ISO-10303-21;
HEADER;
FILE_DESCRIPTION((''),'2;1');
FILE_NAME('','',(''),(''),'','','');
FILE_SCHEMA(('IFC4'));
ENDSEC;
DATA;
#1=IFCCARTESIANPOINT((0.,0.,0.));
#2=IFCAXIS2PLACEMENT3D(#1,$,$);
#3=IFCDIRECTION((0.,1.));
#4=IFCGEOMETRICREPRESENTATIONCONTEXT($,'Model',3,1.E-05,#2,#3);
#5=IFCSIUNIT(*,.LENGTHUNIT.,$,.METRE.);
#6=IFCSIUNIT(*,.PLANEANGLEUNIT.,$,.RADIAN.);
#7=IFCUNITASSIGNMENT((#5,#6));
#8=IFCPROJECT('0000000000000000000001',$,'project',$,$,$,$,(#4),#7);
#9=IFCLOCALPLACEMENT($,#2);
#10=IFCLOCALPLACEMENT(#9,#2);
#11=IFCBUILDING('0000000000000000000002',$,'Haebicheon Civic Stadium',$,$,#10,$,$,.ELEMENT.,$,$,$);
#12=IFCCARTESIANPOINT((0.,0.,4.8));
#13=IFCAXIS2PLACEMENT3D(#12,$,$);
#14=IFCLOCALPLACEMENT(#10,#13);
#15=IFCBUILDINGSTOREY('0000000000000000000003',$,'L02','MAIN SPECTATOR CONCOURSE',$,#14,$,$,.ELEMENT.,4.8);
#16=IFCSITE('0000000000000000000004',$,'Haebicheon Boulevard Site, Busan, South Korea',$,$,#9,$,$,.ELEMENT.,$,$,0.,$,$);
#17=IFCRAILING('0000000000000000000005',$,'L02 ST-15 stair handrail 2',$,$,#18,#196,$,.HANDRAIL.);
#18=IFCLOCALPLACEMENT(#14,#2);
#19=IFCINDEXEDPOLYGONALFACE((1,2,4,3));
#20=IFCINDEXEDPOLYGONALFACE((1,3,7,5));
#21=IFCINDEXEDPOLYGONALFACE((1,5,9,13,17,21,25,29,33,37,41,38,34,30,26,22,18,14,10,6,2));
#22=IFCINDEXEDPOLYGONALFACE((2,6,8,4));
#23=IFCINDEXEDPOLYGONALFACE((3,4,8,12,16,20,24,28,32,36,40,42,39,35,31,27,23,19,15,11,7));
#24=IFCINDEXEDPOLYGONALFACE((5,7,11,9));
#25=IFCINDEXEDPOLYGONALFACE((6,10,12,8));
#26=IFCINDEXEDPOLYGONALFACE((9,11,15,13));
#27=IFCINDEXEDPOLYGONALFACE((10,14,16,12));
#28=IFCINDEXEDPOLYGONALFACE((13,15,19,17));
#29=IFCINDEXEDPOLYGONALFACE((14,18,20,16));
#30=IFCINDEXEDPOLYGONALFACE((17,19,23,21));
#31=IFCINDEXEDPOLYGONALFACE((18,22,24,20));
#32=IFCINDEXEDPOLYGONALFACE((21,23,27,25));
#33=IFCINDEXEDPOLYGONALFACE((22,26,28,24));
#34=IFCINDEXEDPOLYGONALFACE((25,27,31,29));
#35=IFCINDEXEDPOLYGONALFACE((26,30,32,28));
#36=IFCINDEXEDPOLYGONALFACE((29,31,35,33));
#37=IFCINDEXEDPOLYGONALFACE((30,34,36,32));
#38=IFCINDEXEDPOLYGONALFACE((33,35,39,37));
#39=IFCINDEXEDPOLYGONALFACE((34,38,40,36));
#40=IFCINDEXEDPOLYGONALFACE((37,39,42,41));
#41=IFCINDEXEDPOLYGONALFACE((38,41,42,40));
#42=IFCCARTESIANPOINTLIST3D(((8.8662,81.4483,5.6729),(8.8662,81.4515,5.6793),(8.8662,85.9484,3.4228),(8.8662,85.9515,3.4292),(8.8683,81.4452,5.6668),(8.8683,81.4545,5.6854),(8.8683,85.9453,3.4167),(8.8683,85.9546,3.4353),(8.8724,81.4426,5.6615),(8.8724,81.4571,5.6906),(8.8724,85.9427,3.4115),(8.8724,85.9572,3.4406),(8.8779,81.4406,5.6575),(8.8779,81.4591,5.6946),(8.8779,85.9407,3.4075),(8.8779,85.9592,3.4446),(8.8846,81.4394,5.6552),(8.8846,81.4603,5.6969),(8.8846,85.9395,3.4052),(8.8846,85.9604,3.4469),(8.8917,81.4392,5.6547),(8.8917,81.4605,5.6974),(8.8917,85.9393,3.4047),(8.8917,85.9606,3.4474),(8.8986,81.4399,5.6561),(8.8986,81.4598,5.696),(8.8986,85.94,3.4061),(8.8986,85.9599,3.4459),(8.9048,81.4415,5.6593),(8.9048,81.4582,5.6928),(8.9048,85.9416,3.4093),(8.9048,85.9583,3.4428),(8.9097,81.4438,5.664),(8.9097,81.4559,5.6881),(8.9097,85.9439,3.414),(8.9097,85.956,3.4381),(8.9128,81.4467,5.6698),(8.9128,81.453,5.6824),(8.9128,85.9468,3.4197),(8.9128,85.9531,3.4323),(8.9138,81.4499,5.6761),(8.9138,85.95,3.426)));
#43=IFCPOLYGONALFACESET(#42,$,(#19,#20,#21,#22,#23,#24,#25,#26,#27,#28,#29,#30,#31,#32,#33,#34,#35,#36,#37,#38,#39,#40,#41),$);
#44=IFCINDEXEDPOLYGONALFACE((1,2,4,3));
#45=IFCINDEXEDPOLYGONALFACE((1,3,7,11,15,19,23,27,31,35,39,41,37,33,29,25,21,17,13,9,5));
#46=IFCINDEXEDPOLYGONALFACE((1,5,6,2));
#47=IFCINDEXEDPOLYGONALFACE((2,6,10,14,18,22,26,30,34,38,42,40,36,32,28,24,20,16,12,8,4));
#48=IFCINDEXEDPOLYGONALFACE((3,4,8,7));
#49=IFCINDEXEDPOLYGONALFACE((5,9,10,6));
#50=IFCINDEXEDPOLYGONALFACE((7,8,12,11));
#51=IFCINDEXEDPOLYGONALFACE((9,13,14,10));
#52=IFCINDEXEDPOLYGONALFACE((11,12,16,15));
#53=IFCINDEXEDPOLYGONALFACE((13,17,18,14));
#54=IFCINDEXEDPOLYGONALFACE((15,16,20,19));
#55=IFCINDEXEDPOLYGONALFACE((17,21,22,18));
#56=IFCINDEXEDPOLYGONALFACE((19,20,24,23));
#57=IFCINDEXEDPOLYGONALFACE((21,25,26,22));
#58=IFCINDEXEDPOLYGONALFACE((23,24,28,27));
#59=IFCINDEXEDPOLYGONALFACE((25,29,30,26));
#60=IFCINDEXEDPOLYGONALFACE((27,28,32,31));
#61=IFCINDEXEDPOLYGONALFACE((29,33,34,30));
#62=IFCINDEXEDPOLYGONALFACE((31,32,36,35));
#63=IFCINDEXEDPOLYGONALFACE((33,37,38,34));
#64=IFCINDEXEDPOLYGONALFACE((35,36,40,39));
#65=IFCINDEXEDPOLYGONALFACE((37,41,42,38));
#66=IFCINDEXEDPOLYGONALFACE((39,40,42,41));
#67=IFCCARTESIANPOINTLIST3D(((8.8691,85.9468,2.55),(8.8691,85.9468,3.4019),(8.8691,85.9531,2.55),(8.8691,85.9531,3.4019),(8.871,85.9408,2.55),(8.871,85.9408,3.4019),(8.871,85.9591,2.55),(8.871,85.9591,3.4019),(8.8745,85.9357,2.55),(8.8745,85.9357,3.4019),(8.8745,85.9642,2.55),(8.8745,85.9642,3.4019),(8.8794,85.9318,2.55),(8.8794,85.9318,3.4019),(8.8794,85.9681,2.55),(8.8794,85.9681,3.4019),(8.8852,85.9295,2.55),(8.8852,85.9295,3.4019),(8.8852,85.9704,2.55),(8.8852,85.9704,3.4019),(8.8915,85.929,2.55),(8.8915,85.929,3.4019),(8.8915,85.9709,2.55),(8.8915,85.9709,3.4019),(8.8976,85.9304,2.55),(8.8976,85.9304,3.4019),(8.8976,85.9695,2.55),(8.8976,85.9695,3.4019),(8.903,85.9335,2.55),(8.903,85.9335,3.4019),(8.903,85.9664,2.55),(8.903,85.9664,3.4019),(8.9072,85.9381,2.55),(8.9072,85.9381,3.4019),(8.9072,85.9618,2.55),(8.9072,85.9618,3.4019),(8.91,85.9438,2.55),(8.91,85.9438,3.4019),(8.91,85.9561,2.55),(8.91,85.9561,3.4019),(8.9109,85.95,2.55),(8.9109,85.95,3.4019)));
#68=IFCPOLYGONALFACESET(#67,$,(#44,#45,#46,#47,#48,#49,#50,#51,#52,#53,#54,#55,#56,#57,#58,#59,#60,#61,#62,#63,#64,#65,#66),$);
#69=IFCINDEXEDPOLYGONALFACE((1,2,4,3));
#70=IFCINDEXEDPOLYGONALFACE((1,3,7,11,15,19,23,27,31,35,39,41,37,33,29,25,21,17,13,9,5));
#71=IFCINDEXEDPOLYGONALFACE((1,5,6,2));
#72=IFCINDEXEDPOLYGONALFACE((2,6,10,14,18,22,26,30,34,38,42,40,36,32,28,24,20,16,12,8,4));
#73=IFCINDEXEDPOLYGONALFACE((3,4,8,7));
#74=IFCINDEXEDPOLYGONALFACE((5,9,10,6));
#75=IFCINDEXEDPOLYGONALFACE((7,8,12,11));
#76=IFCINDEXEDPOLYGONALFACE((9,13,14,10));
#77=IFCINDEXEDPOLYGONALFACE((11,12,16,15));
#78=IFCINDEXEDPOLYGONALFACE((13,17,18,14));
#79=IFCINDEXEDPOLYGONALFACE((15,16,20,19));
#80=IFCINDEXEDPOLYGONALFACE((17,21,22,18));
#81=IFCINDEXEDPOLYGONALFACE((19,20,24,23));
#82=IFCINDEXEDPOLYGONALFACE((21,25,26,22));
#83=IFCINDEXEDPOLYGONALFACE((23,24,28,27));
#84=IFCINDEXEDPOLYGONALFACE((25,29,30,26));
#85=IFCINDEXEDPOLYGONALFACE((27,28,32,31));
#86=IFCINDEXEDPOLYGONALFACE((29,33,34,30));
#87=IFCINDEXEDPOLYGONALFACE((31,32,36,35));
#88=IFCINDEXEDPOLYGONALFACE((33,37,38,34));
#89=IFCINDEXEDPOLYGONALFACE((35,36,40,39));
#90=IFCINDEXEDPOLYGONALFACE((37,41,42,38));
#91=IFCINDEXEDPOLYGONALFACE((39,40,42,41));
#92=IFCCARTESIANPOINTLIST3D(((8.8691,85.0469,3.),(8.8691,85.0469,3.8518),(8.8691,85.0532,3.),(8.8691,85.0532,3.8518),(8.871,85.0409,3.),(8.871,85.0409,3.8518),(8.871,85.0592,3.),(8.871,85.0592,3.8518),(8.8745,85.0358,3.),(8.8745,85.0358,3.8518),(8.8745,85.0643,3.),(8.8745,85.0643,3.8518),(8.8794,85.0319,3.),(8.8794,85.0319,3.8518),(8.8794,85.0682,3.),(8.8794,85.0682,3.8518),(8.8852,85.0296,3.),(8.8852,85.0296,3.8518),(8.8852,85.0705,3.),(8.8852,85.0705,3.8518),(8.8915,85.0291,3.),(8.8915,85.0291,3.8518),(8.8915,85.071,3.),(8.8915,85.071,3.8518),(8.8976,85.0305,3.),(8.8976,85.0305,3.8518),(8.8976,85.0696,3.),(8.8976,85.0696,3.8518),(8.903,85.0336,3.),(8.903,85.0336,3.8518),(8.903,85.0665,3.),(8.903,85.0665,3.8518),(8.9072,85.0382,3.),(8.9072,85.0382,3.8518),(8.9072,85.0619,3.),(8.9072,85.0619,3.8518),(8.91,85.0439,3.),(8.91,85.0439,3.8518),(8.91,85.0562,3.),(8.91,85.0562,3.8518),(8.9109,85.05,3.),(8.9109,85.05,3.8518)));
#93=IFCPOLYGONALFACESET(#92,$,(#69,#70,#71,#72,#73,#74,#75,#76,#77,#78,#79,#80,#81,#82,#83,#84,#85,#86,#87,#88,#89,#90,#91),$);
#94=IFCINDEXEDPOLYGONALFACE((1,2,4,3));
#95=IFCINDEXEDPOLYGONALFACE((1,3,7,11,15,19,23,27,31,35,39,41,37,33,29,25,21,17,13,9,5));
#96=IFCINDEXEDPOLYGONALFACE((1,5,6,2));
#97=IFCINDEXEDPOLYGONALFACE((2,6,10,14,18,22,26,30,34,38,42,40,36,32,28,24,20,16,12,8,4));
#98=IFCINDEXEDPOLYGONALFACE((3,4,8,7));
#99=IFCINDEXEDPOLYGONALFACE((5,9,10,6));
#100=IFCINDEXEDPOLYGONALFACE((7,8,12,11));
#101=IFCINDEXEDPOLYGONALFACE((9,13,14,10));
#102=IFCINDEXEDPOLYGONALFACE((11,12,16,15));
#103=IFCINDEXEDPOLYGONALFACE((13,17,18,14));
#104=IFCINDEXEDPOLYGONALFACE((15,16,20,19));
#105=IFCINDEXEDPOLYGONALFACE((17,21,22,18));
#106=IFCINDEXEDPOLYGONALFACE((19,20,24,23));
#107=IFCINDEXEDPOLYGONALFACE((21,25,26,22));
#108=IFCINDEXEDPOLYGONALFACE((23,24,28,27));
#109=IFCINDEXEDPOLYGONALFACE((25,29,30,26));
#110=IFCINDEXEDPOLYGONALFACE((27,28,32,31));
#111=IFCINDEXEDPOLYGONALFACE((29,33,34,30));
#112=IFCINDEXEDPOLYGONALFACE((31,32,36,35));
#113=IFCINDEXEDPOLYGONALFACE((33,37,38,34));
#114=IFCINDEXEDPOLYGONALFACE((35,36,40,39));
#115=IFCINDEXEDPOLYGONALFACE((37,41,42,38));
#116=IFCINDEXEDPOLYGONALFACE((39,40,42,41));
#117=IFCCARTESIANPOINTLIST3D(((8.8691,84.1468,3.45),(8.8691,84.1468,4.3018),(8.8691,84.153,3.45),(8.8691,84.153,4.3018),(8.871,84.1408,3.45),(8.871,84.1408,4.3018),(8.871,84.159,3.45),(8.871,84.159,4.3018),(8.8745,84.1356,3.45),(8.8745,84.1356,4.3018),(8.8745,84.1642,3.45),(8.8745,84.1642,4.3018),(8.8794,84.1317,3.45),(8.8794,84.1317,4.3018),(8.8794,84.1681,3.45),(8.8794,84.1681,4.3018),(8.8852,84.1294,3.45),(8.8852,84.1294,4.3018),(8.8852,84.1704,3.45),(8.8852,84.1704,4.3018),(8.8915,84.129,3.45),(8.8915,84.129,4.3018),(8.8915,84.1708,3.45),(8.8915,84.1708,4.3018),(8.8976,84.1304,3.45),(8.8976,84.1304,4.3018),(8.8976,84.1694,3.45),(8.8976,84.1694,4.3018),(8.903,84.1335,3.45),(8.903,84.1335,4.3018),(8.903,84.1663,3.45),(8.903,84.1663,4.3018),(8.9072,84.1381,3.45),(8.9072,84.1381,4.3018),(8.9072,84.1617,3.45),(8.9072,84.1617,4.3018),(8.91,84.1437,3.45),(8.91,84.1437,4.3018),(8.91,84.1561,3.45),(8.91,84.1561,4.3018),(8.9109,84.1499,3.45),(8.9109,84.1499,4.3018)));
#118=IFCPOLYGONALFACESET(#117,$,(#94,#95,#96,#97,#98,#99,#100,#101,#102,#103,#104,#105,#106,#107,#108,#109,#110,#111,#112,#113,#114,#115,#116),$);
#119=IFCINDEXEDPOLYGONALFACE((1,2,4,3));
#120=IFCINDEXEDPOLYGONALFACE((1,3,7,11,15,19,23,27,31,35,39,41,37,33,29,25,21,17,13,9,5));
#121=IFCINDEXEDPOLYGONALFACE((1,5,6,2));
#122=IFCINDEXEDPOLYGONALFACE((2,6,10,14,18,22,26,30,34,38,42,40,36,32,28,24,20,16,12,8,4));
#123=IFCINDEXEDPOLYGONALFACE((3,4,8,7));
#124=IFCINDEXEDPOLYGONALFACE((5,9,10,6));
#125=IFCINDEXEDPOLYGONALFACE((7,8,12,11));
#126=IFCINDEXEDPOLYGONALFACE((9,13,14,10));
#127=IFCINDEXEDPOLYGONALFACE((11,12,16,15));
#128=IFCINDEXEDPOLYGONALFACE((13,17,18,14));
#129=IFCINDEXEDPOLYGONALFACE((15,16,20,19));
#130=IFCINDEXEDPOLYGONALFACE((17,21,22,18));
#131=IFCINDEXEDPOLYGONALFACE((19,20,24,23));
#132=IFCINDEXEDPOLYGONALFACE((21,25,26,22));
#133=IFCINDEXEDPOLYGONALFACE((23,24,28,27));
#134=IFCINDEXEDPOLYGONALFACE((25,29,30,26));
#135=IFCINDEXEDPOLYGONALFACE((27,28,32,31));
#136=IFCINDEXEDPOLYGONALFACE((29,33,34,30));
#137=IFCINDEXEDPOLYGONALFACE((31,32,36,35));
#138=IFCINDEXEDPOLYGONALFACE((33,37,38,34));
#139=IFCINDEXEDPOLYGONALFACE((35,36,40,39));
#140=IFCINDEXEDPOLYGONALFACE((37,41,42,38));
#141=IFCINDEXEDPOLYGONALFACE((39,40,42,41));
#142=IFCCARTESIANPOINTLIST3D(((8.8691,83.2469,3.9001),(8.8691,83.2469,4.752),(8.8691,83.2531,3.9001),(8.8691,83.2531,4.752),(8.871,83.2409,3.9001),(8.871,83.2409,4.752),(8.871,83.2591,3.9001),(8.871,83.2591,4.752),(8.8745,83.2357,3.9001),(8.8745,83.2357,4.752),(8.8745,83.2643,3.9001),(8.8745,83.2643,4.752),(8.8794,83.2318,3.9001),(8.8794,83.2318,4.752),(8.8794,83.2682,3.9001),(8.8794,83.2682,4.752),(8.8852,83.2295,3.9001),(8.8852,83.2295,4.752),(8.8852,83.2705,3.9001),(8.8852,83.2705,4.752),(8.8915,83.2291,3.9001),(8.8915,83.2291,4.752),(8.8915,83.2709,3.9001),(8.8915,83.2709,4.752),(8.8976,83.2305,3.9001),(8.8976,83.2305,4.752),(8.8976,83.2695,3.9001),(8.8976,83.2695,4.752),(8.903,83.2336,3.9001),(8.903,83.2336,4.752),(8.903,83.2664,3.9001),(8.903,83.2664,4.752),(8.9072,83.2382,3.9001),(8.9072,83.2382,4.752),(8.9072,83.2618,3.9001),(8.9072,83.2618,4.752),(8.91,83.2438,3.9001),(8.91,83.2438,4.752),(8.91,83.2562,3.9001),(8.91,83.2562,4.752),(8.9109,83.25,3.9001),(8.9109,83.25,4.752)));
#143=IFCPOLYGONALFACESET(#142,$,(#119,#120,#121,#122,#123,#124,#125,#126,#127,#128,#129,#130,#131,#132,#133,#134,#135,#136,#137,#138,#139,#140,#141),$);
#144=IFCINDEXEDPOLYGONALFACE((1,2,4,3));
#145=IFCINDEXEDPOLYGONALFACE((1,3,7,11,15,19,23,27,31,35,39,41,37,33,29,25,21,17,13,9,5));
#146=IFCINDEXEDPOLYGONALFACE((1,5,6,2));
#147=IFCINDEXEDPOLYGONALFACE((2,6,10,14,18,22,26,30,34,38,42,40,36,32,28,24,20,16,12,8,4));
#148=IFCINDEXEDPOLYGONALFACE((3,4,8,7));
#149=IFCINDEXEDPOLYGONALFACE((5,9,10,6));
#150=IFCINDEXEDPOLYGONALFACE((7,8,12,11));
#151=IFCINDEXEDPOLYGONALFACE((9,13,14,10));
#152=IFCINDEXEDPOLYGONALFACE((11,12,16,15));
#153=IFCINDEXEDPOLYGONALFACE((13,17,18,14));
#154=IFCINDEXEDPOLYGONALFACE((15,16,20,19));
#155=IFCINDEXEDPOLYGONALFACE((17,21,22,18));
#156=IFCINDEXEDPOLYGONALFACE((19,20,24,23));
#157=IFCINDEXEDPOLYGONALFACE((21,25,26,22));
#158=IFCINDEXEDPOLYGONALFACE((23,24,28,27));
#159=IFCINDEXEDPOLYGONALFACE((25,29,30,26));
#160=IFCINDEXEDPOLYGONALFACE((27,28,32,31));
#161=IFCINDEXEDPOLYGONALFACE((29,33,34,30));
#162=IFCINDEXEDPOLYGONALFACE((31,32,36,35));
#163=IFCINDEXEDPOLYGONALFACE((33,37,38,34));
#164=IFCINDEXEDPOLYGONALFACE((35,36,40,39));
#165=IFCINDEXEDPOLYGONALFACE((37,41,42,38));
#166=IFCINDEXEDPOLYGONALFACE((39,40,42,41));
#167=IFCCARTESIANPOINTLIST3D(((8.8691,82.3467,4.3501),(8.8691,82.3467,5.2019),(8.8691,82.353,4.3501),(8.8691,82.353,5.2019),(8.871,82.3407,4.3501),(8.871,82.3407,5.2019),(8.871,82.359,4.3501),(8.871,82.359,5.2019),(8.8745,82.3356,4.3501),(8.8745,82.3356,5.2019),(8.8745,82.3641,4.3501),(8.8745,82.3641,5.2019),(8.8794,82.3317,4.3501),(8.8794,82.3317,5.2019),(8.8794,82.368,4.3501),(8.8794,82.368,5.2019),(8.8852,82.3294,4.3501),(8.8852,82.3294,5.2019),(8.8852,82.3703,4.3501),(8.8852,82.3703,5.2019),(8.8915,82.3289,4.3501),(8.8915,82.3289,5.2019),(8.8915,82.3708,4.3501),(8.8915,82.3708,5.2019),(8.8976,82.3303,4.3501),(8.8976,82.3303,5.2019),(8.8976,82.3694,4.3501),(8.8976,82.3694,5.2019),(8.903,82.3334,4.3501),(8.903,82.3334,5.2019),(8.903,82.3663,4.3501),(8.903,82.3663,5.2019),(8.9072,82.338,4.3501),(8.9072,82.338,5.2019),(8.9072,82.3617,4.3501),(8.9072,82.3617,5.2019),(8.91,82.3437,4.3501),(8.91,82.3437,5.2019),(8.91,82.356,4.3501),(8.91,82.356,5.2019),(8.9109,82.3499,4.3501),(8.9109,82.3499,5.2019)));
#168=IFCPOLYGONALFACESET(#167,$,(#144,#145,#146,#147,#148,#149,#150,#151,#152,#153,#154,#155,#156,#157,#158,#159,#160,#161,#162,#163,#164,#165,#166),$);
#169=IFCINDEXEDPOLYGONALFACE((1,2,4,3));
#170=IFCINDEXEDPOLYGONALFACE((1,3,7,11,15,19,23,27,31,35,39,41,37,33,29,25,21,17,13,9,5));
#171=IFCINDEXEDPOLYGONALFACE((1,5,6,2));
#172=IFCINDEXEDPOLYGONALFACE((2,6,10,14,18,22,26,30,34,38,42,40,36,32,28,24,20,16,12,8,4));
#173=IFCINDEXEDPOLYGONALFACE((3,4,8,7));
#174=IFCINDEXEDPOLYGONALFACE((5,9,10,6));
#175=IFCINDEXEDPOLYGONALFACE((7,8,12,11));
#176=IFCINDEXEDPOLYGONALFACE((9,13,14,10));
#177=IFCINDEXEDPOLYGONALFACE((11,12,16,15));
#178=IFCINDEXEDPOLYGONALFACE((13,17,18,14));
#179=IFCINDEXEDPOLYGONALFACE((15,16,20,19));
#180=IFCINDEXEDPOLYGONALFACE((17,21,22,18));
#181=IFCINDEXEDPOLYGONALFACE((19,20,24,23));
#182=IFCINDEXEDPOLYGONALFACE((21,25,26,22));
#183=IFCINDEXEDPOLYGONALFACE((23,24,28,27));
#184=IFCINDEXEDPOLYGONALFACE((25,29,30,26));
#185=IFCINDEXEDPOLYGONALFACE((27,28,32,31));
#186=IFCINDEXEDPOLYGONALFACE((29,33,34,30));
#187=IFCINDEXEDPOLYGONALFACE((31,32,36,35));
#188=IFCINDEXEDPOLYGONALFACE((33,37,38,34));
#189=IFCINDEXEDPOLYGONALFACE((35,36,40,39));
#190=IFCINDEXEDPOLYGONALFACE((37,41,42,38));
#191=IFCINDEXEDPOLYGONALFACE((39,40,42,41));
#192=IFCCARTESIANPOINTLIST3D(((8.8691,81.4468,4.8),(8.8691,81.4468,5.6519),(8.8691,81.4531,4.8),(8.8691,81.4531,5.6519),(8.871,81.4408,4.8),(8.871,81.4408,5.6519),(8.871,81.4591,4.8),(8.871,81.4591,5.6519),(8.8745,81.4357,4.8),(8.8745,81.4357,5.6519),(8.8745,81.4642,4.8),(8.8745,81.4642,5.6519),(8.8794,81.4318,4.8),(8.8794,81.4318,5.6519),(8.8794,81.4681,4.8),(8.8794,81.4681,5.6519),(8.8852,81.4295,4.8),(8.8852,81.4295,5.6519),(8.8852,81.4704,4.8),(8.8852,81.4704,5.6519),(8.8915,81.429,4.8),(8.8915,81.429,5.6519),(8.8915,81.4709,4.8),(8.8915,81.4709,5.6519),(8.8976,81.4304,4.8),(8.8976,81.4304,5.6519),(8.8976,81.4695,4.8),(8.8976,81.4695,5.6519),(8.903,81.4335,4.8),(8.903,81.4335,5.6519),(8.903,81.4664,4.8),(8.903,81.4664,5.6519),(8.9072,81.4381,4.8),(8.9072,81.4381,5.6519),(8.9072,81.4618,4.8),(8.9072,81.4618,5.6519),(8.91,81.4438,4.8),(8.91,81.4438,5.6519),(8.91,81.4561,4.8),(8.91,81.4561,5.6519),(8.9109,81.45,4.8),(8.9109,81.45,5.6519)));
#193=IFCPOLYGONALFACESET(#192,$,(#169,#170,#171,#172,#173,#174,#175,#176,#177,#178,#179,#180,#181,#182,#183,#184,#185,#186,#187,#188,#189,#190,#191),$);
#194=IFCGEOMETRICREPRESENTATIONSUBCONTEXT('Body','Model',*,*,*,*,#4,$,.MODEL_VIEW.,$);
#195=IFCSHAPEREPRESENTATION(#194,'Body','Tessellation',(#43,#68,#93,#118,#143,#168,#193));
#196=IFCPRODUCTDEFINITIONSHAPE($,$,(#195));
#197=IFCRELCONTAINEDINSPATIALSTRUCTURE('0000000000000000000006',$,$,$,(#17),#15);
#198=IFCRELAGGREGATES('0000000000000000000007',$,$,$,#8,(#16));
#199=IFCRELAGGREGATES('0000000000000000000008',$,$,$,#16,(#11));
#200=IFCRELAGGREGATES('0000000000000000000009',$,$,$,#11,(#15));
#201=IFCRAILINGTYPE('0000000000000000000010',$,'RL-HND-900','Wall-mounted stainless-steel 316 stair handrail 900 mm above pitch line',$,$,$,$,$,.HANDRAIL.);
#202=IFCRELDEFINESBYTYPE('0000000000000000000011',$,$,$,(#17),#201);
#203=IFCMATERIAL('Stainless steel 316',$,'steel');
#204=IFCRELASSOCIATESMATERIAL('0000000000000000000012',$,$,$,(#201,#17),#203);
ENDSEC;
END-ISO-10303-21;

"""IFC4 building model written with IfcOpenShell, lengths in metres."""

from ifc_helpers import new_model, si_unit, direction, frame, origin, origin_2d, place, context, subcontext, project, spatial, circle, extrude, material, type_object, element, save


model = new_model("IFC4")

# Units and contexts
model_context = context("Model", 3, precision=1e-05, world=origin(), true_north=direction((0.0, 1.0)))
body_context = subcontext(model_context, "Body", "Model", "MODEL_VIEW")
ifc_project = project(units=[si_unit("LENGTHUNIT", "METRE"), si_unit("PLANEANGLEUNIT", "RADIAN")], contexts=[model_context])

# Site, building, storey
site_placement = place(None, origin())
site = spatial("IfcSite", under=ifc_project, at=site_placement, Name="Haebicheon Boulevard Site, Busan, South Korea", CompositionType="ELEMENT", RefElevation=0.0)
building_placement = place(site_placement, origin())
building = spatial("IfcBuilding", under=site, at=building_placement, Name="Haebicheon Civic Stadium", CompositionType="ELEMENT")
storey_placement = place(building_placement, frame((0.0, 0.0, 4.8)))
storey = spatial("IfcBuildingStorey", under=building, at=storey_placement, Name="L02", Description="MAIN SPECTATOR CONCOURSE", CompositionType="ELEMENT", Elevation=4.8)

# Railing
ifc_material_1 = material(Name="Stainless steel 316", Category="steel")
railing_type_1 = type_object("IfcRailingType", Name="RL-HND-900", Description="Wall-mounted stainless-steel 316 stair handrail 900 mm above pitch line", PredefinedType="HANDRAIL", material=ifc_material_1)
railing_1_placement = place(storey_placement, frame((8.8899, 85.95, 2.55)))
element("IfcRailing", 1, at=railing_1_placement, inside=storey, type_object=railing_type_1, material=ifc_material_1, Name="L02 ST-15 stair handrail 2", PredefinedType="HANDRAIL", context=body_context, shape_type="SweptSolid", body=[
    extrude(circle(Radius=0.0239, at=origin_2d()), frame((0.0, 0.0, 0.876), z_axis=(0.0, -0.894427, 0.447214), x_axis=(1.0, 0.0, 0.0)), (0.0, 0.0, 1.0), 5.0312),
    extrude(circle(Radius=0.021, at=origin_2d()), origin(), (0.0, 0.0, 1.0), 0.8518),
    extrude(circle(Radius=0.021, at=origin_2d()), frame((0.0, -0.8999, 0.45)), (0.0, 0.0, 1.0), 0.8518),
    extrude(circle(Radius=0.021, at=origin_2d()), frame((0.0, -1.8, 0.8999)), (0.0, 0.0, 1.0), 0.8518),
    extrude(circle(Radius=0.021, at=origin_2d()), frame((0.0, -2.7, 1.3501)), (0.0, 0.0, 1.0), 0.8518),
    extrude(circle(Radius=0.021, at=origin_2d()), frame((0.0, -3.6001, 1.8)), (0.0, 0.0, 1.0), 0.8518),
    extrude(circle(Radius=0.021, at=origin_2d()), frame((0.0, -4.5, 2.25)), (0.0, 0.0, 1.0), 0.8518),
])

save(model, "model.ifc")
